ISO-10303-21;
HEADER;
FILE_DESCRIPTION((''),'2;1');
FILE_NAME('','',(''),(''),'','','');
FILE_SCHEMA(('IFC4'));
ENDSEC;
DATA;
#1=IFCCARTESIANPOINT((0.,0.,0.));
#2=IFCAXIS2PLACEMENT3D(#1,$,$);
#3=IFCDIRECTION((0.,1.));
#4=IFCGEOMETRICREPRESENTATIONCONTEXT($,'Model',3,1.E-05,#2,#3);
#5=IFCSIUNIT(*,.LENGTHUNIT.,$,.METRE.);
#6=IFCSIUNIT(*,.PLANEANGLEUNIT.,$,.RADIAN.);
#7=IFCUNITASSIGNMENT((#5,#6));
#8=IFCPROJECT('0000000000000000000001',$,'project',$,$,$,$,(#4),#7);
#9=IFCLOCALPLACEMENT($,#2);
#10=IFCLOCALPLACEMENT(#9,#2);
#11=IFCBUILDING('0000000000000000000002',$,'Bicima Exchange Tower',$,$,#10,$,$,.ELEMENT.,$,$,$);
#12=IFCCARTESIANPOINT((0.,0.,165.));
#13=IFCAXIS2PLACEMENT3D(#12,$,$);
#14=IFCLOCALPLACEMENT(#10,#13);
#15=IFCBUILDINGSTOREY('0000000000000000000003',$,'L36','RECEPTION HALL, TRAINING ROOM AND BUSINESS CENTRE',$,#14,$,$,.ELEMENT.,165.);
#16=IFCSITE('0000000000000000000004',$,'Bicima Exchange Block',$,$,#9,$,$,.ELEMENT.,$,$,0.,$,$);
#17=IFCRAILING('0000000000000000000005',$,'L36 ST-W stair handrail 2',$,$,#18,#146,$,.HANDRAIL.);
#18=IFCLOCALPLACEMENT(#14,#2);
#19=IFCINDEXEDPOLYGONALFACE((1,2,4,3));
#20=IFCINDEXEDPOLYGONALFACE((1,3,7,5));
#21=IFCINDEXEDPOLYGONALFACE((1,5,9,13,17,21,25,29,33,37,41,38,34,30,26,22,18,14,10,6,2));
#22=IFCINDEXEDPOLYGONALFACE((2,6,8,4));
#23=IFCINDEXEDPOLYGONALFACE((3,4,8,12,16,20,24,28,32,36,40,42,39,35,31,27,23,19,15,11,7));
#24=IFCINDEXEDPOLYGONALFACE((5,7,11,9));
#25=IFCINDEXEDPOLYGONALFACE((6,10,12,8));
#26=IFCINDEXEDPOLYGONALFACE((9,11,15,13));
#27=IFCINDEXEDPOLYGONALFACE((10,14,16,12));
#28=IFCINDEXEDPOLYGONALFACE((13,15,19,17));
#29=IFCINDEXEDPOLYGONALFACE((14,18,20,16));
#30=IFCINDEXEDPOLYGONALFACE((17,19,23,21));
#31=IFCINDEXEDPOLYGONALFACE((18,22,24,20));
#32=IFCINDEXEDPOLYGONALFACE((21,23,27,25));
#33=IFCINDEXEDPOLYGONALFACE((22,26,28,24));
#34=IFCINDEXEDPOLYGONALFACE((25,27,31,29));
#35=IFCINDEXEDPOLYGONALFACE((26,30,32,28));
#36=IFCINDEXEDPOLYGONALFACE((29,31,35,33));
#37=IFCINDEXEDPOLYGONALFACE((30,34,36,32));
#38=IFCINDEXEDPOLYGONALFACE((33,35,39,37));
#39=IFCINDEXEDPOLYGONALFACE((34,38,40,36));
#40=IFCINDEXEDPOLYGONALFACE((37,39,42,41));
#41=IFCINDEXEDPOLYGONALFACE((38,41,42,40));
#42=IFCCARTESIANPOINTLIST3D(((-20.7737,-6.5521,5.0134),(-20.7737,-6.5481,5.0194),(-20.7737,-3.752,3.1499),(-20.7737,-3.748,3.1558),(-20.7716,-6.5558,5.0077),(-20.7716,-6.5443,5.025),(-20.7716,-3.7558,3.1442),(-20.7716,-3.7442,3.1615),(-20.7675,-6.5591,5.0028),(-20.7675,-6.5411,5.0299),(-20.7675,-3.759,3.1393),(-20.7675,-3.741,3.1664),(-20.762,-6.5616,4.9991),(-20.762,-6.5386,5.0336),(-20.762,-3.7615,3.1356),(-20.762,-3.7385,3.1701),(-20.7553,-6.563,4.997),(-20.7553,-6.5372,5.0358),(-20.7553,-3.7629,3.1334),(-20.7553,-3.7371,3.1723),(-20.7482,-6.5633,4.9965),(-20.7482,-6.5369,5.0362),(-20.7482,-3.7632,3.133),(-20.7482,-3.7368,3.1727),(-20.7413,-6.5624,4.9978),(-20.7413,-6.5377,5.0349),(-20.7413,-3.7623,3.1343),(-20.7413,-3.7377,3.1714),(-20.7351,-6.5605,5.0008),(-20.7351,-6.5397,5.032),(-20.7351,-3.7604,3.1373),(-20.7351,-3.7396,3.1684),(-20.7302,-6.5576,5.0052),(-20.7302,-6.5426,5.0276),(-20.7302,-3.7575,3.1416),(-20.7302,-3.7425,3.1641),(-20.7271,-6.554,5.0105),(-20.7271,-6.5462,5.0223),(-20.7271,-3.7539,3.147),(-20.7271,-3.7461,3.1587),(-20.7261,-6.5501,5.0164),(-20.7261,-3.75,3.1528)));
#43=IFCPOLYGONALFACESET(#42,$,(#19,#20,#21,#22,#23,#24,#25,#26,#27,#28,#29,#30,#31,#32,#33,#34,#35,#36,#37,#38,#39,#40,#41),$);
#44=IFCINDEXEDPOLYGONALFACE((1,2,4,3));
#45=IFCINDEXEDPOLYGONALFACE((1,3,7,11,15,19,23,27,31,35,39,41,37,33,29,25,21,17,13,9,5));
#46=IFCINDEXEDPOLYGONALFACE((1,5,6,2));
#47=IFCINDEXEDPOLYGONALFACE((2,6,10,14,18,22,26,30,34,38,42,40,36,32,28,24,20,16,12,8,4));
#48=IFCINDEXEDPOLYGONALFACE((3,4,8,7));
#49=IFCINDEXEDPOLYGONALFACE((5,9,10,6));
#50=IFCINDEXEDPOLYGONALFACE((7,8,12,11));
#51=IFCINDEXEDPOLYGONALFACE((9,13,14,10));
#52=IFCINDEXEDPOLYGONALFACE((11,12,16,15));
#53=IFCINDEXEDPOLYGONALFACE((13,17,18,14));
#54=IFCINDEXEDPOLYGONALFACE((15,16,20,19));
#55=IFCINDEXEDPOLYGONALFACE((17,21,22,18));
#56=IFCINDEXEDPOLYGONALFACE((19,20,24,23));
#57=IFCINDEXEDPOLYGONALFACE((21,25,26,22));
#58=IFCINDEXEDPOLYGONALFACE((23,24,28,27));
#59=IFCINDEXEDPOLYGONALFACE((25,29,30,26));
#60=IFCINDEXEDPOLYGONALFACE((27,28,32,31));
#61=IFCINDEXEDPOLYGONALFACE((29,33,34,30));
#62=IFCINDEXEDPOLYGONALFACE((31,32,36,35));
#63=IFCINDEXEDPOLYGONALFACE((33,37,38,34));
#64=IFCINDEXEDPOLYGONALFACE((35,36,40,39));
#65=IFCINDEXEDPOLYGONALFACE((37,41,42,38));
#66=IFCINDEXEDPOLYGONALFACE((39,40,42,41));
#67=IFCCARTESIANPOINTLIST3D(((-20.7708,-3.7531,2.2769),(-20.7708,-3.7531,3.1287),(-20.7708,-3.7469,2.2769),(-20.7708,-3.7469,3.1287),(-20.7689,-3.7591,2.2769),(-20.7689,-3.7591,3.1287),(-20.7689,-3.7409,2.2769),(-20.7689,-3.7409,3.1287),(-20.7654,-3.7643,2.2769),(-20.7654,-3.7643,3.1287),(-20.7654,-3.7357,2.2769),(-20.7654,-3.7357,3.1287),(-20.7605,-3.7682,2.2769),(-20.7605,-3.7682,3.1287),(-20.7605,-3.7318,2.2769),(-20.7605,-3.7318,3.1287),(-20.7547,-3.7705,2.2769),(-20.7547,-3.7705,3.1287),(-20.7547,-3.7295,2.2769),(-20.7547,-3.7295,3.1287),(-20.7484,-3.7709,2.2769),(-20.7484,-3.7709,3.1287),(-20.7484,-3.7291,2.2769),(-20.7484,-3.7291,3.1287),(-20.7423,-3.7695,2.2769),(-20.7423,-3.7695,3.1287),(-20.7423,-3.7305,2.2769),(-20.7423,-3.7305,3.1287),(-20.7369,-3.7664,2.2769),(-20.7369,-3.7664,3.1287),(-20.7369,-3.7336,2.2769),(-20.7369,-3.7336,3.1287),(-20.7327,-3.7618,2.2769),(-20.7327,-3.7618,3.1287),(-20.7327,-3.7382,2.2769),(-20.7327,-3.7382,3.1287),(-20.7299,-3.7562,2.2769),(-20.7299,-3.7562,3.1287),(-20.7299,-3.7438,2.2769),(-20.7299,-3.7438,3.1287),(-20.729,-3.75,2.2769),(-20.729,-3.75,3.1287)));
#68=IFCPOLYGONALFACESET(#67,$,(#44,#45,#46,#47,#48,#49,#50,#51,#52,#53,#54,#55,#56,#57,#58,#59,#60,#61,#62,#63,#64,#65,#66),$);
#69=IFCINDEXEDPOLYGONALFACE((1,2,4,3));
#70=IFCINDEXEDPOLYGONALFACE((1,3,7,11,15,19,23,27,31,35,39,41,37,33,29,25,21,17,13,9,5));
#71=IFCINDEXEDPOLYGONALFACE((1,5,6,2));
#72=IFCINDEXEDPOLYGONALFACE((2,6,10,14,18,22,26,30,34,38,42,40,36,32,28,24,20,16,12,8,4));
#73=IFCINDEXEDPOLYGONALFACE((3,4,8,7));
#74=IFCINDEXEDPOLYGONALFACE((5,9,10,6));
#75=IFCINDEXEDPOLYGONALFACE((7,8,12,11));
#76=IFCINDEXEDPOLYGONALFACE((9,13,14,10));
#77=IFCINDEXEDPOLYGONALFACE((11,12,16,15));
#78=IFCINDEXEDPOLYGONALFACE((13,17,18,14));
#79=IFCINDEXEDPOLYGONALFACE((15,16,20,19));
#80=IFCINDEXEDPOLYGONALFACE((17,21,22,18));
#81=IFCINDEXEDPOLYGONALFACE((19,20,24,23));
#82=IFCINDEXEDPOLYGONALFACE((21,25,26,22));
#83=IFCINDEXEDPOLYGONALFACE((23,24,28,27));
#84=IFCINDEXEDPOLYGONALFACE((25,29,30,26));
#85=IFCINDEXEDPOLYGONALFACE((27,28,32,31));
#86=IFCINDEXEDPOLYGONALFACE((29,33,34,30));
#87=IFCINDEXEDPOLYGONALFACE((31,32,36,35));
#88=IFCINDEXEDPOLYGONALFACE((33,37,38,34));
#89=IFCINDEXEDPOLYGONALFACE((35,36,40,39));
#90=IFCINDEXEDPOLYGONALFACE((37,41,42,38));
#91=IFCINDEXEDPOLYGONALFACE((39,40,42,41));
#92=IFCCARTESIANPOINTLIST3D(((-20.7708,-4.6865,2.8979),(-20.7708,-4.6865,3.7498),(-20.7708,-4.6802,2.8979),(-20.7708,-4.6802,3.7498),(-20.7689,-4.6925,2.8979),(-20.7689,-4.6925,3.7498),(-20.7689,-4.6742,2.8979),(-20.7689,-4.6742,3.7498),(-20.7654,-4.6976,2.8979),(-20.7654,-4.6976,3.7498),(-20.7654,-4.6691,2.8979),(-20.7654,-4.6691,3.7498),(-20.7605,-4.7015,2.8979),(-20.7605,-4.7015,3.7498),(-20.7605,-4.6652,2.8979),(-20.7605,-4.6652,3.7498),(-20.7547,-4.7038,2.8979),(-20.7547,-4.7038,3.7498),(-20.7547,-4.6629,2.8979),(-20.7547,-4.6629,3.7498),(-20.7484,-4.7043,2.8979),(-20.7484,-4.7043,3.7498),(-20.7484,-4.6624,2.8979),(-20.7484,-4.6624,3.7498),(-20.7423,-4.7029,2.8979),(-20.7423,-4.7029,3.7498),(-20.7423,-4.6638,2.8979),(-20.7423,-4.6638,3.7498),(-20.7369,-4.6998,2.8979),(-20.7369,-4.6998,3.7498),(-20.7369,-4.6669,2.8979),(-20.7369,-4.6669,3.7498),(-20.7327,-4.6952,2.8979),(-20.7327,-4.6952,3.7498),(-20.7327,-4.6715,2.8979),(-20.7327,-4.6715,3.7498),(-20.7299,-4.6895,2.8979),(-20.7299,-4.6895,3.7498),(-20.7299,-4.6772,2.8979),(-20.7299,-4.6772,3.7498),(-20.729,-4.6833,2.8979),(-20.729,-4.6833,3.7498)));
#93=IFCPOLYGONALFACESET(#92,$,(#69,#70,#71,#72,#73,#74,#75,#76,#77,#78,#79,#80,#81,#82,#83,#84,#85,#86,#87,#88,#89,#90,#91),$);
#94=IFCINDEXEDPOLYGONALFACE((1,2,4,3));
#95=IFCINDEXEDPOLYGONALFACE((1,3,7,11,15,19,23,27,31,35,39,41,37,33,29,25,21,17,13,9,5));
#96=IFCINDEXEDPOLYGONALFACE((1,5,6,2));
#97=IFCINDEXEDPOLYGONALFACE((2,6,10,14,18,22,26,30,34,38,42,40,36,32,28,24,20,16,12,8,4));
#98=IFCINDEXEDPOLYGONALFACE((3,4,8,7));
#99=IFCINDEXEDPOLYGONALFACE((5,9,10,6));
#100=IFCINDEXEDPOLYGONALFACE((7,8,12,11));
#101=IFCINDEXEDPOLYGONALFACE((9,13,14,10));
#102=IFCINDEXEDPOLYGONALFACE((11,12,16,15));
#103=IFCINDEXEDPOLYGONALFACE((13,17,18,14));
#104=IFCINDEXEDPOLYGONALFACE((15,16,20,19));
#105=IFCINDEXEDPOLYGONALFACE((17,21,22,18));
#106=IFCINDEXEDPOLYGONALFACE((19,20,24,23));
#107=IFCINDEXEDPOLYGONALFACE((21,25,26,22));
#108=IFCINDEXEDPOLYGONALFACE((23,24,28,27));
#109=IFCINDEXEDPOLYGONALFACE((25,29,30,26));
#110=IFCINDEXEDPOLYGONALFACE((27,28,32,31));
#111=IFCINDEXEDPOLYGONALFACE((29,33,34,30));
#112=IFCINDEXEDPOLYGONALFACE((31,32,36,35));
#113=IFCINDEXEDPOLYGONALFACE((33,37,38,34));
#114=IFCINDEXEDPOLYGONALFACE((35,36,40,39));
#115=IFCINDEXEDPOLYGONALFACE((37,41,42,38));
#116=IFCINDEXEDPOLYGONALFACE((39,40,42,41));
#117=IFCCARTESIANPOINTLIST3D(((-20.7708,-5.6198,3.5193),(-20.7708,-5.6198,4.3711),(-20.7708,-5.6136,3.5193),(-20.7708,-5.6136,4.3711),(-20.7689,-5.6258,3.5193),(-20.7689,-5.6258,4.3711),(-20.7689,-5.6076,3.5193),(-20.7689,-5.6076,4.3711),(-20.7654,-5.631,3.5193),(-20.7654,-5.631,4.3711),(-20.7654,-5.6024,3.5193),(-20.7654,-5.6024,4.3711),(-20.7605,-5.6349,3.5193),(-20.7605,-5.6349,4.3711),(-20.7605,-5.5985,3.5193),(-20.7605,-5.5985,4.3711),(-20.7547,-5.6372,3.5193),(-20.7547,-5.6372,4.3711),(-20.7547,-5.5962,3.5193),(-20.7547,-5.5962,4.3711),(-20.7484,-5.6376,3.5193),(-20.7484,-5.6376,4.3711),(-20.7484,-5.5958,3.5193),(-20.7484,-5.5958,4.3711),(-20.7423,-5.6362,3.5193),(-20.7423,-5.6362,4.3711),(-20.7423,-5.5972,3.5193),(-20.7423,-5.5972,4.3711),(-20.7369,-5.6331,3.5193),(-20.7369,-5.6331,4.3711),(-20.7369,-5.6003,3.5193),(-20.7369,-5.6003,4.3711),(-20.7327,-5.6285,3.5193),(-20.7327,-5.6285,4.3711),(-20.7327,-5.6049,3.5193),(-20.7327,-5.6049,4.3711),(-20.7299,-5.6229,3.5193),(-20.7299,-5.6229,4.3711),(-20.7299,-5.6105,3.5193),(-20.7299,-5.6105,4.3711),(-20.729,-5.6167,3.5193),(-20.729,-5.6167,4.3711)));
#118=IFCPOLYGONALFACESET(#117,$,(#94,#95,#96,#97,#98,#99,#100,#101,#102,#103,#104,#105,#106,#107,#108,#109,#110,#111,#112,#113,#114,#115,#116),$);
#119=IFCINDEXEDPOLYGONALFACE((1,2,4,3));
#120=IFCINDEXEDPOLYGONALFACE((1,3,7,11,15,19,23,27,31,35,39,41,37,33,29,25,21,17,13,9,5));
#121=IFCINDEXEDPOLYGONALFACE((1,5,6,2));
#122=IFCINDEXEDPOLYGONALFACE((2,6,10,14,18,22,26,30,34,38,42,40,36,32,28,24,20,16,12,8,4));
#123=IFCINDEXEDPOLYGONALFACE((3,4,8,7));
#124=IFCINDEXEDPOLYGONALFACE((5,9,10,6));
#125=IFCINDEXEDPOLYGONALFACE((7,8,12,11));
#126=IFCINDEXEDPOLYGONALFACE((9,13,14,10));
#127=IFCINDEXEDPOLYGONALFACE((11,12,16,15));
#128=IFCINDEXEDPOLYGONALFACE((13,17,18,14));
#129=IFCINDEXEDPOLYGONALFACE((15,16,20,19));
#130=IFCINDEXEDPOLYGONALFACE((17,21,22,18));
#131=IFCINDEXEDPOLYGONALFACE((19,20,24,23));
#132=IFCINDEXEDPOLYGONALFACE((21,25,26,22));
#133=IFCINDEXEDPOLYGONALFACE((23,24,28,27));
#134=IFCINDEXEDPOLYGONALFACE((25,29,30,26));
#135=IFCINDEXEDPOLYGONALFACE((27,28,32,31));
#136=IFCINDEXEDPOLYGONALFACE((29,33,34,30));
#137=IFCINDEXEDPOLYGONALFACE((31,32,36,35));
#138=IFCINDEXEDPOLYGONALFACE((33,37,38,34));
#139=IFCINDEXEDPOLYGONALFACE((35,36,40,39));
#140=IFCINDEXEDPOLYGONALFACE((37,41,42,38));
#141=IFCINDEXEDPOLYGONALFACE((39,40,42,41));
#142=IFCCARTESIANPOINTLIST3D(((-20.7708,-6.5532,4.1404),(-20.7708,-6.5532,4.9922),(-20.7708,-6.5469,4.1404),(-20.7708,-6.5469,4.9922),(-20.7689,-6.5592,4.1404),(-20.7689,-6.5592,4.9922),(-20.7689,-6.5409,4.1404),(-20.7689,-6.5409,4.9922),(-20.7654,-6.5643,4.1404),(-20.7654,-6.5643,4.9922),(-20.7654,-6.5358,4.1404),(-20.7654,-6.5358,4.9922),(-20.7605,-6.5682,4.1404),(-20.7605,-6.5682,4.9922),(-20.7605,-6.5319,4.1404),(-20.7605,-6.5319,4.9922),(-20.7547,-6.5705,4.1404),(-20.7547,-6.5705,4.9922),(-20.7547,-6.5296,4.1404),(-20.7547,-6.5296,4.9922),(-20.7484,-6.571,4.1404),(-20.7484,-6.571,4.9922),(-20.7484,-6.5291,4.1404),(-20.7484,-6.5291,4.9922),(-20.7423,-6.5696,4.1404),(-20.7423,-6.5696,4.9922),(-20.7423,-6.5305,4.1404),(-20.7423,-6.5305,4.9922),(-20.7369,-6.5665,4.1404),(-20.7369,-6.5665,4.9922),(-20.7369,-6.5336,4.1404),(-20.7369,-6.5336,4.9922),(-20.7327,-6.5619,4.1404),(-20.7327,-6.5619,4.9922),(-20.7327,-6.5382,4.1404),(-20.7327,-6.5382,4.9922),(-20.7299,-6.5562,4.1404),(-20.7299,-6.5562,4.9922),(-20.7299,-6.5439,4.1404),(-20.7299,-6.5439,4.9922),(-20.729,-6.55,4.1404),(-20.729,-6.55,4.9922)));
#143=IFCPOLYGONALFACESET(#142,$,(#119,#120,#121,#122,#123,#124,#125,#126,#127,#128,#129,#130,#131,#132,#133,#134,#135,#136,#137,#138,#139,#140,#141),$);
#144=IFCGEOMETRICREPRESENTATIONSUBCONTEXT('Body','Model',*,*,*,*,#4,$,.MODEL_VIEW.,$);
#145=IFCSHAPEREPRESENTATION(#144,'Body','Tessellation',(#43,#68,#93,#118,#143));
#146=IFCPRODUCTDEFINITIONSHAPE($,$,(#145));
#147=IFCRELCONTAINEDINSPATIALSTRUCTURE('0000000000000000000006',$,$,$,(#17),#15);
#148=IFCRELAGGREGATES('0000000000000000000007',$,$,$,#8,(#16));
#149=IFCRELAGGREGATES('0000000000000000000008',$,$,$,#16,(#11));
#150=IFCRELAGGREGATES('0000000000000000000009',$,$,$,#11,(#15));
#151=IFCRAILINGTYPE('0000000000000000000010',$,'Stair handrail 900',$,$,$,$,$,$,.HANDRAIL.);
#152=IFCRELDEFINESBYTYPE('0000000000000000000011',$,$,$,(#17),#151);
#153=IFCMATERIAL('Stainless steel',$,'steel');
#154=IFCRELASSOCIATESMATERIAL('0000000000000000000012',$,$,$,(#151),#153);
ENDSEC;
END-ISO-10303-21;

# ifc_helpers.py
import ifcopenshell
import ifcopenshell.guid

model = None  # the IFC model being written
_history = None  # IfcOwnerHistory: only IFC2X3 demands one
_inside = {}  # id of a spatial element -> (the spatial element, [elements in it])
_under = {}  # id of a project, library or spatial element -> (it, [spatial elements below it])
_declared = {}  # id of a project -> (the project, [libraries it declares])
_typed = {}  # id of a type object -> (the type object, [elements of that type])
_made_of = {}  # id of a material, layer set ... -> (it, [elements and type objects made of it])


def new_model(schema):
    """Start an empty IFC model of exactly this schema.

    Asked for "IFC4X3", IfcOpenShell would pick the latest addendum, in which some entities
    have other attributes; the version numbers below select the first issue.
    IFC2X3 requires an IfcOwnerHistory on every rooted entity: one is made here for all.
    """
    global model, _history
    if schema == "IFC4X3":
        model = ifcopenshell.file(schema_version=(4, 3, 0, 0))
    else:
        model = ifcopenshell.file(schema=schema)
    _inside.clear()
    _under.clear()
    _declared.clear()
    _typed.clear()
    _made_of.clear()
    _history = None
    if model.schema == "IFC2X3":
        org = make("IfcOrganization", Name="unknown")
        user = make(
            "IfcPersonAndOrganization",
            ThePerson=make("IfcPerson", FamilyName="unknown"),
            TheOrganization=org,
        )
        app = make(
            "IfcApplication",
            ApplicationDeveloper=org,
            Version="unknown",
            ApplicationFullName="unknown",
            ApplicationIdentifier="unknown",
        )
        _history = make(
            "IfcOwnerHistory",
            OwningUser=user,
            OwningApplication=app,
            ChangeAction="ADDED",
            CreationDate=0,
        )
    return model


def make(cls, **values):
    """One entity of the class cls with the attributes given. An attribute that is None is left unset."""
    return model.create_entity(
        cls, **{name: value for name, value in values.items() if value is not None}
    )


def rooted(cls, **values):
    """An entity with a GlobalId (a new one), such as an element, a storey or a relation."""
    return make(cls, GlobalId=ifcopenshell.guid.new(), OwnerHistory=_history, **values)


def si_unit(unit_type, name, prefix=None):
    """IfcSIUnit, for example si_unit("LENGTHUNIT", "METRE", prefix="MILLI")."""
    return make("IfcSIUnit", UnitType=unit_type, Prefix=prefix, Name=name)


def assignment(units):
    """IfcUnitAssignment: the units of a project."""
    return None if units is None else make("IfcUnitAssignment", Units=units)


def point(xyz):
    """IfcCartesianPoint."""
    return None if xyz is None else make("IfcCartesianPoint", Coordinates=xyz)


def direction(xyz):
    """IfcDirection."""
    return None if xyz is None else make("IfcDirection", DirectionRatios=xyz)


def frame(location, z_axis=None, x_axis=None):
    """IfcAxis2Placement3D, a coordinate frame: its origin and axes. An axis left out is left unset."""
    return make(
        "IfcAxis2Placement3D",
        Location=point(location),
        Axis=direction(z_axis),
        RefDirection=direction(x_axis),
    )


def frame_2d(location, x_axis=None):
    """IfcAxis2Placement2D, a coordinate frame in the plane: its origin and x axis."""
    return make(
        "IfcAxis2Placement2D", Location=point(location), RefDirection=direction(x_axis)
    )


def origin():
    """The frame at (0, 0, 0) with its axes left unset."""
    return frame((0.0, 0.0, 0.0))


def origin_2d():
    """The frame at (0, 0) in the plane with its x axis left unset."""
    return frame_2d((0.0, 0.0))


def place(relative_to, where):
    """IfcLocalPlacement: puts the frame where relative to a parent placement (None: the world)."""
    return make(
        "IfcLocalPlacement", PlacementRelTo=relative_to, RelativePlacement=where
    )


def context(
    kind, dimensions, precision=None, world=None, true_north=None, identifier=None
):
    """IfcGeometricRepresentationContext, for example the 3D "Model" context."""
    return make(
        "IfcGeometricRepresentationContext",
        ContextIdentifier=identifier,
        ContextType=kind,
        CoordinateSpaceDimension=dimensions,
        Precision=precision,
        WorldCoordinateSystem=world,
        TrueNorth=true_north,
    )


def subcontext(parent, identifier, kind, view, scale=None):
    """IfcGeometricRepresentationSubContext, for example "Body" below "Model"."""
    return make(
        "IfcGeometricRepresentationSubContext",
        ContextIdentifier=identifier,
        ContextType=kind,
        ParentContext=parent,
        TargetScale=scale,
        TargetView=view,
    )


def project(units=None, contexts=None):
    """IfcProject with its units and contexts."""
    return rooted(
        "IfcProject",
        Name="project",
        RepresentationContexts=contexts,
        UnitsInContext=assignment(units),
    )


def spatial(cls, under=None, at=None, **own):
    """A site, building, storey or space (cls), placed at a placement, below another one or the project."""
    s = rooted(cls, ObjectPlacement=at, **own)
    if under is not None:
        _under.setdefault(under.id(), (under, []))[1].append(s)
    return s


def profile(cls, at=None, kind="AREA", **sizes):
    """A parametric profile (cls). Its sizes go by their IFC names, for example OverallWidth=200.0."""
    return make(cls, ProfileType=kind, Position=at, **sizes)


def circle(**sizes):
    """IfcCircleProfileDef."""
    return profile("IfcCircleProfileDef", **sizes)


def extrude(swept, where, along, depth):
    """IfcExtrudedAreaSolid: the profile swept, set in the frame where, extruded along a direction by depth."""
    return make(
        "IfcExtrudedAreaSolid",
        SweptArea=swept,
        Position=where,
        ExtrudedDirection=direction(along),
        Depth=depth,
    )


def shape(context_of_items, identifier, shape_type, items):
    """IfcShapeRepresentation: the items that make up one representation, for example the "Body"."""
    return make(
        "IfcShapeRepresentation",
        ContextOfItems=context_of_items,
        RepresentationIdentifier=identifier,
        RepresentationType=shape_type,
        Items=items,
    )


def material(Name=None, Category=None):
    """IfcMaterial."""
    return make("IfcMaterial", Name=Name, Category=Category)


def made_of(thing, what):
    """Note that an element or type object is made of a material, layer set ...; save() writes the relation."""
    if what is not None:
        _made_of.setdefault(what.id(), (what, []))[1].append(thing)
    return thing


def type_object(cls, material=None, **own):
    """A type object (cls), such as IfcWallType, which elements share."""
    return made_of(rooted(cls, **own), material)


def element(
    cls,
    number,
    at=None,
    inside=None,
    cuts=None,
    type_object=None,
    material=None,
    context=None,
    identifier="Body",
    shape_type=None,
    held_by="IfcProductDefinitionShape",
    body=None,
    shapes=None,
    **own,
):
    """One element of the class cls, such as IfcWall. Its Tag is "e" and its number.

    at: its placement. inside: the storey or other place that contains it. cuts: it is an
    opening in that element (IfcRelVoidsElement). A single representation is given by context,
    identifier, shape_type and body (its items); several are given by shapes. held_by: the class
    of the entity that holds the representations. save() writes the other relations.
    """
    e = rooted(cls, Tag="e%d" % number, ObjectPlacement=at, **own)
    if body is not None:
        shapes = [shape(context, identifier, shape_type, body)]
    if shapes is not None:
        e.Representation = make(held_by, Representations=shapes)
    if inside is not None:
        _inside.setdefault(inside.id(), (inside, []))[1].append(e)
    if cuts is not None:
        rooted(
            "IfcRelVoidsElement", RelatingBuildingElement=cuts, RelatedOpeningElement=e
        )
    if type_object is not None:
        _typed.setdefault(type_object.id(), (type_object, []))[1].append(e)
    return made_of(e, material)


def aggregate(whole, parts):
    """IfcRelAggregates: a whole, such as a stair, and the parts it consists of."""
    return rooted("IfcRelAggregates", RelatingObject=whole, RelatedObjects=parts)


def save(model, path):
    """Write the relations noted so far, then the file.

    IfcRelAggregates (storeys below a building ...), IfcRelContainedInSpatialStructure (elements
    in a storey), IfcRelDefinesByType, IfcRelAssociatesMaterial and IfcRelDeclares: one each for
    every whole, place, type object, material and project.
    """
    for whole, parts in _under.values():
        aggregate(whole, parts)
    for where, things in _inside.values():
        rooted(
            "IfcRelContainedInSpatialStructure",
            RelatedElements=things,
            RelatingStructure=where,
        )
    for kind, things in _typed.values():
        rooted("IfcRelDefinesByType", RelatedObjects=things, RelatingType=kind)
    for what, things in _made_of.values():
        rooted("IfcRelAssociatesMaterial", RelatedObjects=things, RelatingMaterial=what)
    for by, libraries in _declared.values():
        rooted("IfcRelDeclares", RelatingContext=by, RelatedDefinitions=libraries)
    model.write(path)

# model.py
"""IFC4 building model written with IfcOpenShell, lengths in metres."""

from ifc_helpers import new_model, si_unit, direction, frame, origin, origin_2d, place, context, subcontext, project, spatial, circle, extrude, material, type_object, element, save


model = new_model("IFC4")

# Units and contexts
model_context = context("Model", 3, precision=1e-05, world=origin(), true_north=direction((0.0, 1.0)))
body_context = subcontext(model_context, "Body", "Model", "MODEL_VIEW")
ifc_project = project(units=[si_unit("LENGTHUNIT", "METRE"), si_unit("PLANEANGLEUNIT", "RADIAN")], contexts=[model_context])

# Site, building, storey
site_placement = place(None, origin())
site = spatial("IfcSite", under=ifc_project, at=site_placement, Name="Bicima Exchange Block", CompositionType="ELEMENT", RefElevation=0.0)
building_placement = place(site_placement, origin())
building = spatial("IfcBuilding", under=site, at=building_placement, Name="Bicima Exchange Tower", CompositionType="ELEMENT")
storey_placement = place(building_placement, frame((0.0, 0.0, 165.0)))
storey = spatial("IfcBuildingStorey", under=building, at=storey_placement, Name="L36", Description="RECEPTION HALL, TRAINING ROOM AND BUSINESS CENTRE", CompositionType="ELEMENT", Elevation=165.0)

# Railing
ifc_material_1 = material(Name="Stainless steel", Category="steel")
railing_type = type_object("IfcRailingType", Name="Stair handrail 900", PredefinedType="HANDRAIL", material=ifc_material_1)
railing_placement = place(storey_placement, frame((-20.75, -3.75, 2.2769)))
element("IfcRailing", 1, at=railing_placement, inside=storey, type_object=railing_type, Name="L36 ST-W stair handrail 2", PredefinedType="HANDRAIL", context=body_context, shape_type="SweptSolid", body=[
    extrude(circle(Radius=0.0239, at=origin_2d()), frame((0.0, 0.0, 0.876), z_axis=(0.0, -0.832486, 0.554047), x_axis=(1.0, 0.0, 0.0)), (0.0, 0.0, 1.0), 3.3635),
    extrude(circle(Radius=0.021, at=origin_2d()), origin(), (0.0, 0.0, 1.0), 0.8518),
    extrude(circle(Radius=0.021, at=origin_2d()), frame((0.0, -0.9333, 0.6211)), (0.0, 0.0, 1.0), 0.8518),
    extrude(circle(Radius=0.021, at=origin_2d()), frame((0.0, -1.8667, 1.2424)), (0.0, 0.0, 1.0), 0.8518),
    extrude(circle(Radius=0.021, at=origin_2d()), frame((0.0, -2.8, 1.8635)), (0.0, 0.0, 1.0), 0.8518),
])

save(model, "model.ifc")
